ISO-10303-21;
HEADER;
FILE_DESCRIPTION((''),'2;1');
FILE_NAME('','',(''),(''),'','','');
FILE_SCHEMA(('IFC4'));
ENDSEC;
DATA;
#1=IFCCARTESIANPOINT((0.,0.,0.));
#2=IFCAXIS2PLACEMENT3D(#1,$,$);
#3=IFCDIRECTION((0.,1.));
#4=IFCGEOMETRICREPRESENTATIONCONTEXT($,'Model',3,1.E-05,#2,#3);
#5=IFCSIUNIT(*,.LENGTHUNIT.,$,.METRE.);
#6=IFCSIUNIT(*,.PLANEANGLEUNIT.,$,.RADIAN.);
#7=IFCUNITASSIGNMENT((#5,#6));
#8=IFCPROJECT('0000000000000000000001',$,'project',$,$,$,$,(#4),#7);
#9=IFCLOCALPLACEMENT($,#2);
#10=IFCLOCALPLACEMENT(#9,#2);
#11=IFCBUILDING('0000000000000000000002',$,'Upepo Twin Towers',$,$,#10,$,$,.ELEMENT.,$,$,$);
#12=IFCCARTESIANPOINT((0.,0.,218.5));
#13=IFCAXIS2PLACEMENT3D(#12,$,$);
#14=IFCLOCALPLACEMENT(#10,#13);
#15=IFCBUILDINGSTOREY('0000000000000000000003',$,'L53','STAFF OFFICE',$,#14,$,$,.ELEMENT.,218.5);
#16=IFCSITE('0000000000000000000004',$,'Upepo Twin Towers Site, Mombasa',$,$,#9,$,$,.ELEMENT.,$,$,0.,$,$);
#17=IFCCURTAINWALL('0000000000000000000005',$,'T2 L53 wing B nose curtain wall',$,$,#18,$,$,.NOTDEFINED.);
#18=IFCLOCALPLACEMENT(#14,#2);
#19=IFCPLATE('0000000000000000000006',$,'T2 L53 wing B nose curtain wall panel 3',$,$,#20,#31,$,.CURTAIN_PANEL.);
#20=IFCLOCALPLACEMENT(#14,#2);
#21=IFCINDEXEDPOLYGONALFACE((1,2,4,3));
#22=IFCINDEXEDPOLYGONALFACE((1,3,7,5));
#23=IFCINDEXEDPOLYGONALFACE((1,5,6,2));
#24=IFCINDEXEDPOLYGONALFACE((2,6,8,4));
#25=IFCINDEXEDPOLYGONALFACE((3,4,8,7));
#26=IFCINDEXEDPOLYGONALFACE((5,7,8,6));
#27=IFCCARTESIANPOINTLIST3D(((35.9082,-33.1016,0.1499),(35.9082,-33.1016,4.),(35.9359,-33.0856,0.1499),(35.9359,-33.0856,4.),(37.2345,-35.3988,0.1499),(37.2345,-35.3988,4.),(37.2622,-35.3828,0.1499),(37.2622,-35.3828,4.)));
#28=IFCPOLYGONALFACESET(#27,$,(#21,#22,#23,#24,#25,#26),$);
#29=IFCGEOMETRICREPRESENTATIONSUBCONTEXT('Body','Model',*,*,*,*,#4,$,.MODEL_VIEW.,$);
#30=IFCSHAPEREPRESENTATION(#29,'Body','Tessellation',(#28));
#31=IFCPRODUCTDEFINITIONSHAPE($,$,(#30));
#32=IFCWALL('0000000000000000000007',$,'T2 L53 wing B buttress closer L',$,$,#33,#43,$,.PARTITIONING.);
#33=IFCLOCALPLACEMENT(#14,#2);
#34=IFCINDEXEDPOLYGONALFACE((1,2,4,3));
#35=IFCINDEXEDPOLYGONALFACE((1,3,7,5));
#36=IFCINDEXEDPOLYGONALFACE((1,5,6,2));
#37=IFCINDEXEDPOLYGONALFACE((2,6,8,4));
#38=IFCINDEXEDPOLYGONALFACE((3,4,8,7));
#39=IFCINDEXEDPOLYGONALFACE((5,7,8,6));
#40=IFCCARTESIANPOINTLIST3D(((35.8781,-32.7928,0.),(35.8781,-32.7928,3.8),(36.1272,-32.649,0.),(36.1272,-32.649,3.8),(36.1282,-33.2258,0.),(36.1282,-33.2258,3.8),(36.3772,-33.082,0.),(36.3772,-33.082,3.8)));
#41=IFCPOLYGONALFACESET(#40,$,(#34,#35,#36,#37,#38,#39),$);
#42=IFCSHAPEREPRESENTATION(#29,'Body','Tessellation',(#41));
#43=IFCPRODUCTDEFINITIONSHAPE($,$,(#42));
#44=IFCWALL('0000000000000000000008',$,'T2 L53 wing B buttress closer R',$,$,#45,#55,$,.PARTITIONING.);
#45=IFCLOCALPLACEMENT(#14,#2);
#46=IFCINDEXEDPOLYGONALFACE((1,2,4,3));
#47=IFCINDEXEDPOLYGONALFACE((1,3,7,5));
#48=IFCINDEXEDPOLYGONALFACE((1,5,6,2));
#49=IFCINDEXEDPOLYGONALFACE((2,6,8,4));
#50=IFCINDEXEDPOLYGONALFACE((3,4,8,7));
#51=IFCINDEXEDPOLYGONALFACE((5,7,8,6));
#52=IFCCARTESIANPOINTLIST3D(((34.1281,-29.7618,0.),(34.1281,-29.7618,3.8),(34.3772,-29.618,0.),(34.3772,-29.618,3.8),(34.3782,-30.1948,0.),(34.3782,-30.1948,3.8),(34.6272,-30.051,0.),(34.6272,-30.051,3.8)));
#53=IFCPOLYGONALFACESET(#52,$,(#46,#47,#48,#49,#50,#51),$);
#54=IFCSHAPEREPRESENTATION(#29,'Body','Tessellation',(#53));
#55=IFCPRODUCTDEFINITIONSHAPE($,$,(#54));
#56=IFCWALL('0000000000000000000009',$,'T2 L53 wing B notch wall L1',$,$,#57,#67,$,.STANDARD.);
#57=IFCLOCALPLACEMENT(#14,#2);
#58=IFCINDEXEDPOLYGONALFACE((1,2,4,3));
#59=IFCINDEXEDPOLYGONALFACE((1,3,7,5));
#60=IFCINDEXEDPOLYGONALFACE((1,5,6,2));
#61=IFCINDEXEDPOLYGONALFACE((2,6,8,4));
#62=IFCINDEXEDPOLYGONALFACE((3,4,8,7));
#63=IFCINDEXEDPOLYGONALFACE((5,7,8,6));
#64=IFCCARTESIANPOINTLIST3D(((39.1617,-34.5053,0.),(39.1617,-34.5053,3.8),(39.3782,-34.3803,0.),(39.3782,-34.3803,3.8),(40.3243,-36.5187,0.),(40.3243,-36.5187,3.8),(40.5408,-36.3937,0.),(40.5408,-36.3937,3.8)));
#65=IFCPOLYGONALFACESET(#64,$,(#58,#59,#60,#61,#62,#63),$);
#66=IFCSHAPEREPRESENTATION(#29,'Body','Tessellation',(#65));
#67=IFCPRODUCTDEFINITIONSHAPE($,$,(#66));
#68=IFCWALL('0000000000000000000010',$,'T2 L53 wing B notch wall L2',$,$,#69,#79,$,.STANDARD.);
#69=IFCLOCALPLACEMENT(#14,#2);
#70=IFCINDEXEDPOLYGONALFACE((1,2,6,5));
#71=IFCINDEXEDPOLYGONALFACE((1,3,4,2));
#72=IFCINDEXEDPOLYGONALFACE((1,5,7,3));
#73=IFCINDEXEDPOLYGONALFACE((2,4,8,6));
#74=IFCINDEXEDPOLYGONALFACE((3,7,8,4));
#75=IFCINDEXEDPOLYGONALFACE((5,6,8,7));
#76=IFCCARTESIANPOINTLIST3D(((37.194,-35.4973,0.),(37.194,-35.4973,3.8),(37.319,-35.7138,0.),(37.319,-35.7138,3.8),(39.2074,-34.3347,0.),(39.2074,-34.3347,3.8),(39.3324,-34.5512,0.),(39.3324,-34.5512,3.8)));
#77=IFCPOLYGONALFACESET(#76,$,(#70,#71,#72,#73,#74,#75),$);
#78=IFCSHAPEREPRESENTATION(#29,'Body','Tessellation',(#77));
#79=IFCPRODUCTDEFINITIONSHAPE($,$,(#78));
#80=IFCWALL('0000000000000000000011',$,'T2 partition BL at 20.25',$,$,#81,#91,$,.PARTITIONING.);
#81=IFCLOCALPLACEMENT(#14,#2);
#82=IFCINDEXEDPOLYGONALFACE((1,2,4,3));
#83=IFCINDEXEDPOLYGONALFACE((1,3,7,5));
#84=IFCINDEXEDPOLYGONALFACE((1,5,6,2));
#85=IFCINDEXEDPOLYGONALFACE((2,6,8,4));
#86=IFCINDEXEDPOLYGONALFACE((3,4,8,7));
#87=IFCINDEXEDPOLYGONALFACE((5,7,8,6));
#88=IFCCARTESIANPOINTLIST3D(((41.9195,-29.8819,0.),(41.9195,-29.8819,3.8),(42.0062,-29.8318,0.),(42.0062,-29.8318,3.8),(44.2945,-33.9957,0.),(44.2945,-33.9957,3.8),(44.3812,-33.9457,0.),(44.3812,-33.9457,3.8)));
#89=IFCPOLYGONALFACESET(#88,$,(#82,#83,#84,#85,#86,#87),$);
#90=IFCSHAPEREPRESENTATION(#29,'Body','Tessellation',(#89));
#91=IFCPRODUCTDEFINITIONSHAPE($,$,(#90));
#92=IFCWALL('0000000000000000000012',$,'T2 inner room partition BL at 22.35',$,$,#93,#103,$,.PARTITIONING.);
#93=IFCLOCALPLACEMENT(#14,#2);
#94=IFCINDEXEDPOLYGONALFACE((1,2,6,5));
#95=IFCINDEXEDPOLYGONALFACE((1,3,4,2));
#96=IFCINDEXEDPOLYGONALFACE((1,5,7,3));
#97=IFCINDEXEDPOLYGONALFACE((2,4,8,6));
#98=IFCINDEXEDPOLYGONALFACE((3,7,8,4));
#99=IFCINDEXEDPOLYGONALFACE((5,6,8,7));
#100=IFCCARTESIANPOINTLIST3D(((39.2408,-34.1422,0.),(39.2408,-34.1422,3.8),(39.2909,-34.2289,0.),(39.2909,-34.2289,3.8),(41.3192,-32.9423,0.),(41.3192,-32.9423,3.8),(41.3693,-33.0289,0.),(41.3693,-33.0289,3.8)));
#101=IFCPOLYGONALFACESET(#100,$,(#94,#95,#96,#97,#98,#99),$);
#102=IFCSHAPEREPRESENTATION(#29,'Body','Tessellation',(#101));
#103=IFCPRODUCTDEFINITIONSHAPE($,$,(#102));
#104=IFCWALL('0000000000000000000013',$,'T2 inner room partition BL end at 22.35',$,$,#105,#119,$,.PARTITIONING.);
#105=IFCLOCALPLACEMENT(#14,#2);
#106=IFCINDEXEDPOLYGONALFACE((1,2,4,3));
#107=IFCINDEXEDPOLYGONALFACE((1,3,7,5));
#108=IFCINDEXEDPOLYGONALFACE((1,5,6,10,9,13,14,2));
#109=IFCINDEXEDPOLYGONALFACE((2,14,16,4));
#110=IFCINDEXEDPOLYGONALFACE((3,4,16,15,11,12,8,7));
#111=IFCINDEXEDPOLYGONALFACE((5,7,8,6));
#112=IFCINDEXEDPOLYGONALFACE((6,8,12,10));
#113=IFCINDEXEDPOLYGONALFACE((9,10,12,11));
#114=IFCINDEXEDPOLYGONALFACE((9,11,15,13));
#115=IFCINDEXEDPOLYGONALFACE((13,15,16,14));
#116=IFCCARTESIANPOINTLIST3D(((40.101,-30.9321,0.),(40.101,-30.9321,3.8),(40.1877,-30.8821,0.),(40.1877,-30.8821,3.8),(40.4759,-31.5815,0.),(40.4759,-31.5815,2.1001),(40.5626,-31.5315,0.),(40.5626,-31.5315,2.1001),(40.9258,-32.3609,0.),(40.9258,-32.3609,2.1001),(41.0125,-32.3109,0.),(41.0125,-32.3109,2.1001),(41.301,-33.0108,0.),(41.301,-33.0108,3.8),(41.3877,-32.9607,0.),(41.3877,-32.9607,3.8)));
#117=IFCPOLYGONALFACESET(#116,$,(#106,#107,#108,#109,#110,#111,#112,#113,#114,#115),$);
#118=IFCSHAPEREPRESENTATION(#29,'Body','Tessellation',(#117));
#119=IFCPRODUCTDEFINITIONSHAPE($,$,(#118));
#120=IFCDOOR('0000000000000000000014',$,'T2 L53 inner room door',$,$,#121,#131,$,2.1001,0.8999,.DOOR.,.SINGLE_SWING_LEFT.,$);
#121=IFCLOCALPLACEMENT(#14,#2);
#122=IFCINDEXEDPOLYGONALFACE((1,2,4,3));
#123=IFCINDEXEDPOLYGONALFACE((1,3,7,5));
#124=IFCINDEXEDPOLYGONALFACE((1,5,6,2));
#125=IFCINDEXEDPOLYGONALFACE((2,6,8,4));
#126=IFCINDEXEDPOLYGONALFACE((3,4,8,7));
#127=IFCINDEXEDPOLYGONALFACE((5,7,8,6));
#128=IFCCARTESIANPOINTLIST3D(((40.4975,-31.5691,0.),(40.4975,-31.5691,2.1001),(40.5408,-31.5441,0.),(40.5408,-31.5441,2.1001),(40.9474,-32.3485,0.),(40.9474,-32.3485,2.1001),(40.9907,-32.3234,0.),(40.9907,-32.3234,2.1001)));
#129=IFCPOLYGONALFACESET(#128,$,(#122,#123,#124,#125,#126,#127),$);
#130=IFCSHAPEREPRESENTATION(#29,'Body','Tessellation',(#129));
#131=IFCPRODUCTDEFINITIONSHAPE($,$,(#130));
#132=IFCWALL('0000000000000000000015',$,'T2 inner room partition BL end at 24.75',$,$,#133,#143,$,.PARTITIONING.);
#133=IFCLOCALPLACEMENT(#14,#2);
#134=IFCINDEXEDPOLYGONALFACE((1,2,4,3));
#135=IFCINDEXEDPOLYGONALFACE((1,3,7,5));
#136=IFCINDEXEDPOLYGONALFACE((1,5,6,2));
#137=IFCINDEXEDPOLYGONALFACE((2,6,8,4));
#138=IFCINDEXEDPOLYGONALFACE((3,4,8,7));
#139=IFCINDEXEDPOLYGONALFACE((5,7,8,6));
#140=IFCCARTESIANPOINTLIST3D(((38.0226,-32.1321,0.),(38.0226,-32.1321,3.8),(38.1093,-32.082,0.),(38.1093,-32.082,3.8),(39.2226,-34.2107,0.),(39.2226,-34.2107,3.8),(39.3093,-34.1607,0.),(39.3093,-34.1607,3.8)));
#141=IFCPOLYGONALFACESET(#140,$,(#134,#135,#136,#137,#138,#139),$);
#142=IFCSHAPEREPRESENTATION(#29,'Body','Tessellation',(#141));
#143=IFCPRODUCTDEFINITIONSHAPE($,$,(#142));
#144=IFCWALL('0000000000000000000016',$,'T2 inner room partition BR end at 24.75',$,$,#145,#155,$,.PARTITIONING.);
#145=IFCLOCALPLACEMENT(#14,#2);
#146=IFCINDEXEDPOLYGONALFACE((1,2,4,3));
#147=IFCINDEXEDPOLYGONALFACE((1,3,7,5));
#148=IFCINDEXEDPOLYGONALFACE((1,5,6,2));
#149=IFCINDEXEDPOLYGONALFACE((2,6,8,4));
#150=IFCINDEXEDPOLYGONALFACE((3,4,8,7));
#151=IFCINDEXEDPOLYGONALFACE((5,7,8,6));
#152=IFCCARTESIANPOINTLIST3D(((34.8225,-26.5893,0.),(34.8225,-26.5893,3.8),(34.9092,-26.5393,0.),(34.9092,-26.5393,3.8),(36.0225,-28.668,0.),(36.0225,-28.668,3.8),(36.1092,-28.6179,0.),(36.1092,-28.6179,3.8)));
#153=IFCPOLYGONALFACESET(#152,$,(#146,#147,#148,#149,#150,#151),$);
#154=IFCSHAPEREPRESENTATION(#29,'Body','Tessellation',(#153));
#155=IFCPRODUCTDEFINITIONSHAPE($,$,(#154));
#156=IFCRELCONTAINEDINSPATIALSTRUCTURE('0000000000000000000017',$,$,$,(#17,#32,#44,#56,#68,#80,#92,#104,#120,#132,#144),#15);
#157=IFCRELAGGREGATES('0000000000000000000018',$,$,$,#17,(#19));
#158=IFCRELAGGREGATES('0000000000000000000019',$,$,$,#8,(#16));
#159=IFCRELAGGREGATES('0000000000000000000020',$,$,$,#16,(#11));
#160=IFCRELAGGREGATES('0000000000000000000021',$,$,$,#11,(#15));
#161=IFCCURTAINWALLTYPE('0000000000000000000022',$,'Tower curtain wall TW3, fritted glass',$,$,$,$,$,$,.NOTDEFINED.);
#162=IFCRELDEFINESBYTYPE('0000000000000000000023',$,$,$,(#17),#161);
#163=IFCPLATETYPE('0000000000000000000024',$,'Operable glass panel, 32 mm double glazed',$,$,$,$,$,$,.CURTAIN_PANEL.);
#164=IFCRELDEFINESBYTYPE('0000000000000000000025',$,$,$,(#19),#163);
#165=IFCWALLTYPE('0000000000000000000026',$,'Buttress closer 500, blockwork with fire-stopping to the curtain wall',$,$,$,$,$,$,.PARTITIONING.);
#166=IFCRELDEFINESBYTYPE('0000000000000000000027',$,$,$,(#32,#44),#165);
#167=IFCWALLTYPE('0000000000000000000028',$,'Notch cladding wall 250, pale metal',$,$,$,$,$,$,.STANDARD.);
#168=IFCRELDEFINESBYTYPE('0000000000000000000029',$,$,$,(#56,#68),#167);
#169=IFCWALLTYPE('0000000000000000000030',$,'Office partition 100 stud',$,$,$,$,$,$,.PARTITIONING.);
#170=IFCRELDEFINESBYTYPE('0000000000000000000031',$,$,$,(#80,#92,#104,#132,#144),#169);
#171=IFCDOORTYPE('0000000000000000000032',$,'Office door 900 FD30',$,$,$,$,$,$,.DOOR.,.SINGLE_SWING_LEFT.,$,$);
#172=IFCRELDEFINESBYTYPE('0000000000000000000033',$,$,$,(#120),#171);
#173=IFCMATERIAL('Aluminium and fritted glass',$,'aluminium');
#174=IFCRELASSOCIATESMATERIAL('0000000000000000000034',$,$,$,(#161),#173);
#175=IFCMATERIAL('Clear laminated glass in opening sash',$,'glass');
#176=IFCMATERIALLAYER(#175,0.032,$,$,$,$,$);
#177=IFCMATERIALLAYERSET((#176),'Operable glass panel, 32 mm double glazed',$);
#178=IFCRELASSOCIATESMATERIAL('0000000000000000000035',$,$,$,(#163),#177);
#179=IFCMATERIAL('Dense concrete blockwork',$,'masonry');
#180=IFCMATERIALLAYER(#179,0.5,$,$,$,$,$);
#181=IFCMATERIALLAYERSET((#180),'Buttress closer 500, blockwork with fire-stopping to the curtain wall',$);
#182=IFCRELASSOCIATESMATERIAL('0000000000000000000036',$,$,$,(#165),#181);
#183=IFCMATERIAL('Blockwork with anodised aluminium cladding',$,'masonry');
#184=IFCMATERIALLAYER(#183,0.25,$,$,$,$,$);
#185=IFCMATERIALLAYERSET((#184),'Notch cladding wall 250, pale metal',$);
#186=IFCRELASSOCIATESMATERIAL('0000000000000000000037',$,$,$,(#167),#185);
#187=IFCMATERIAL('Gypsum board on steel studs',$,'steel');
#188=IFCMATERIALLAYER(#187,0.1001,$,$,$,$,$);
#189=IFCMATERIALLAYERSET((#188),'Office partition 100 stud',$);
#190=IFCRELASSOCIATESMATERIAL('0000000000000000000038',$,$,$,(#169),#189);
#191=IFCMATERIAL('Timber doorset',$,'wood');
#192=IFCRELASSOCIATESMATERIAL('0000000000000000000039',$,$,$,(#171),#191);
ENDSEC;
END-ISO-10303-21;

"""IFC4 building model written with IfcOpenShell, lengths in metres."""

from ifc_helpers import new_model, si_unit, direction, frame, frame_2d, origin, origin_2d, place, context, subcontext, project, spatial, rectangle, extrude, material, layer, layer_set, type_object, element, fill, aggregate, save


model = new_model("IFC4")

# Units and contexts
model_context = context("Model", 3, precision=1e-05, world=origin(), true_north=direction((0.0, 1.0)))
body_context = subcontext(model_context, "Body", "Model", "MODEL_VIEW")
ifc_project = project(units=[si_unit("LENGTHUNIT", "METRE"), si_unit("PLANEANGLEUNIT", "RADIAN")], contexts=[model_context])

# Site, building, storey
site_placement = place(None, origin())
site = spatial("IfcSite", under=ifc_project, at=site_placement, Name="Upepo Twin Towers Site, Mombasa", CompositionType="ELEMENT", RefElevation=0.0)
building_placement = place(site_placement, origin())
building = spatial("IfcBuilding", under=site, at=building_placement, Name="Upepo Twin Towers", CompositionType="ELEMENT")
storey_placement = place(building_placement, frame((0.0, 0.0, 218.5)))
storey = spatial("IfcBuildingStorey", under=building, at=storey_placement, Name="L53", Description="STAFF OFFICE", CompositionType="ELEMENT", Elevation=218.5)

# Shared definitions
ifc_material_1 = material(Name="Aluminium and fritted glass", Category="aluminium")
curtain_wall_type = type_object("IfcCurtainWallType", Name="Tower curtain wall TW3, fritted glass", PredefinedType="NOTDEFINED", material=ifc_material_1)

# Curtain wall
curtain_wall_1_placement = place(storey_placement, origin())
curtain_wall_1 = element("IfcCurtainWall", 1, at=curtain_wall_1_placement, inside=storey, type_object=curtain_wall_type, Name="T2 L53 wing B nose curtain wall", PredefinedType="NOTDEFINED")

# Plate
ifc_material_2 = material(Name="Clear laminated glass in opening sash", Category="glass")
ifc_layer_1 = layer(ifc_material_2, 0.032)
ifc_layer_set_1 = layer_set([ifc_layer_1], Name="Operable glass panel, 32 mm double glazed")
plate_type_1 = type_object("IfcPlateType", Name="Operable glass panel, 32 mm double glazed", PredefinedType="CURTAIN_PANEL", material=ifc_layer_set_1)
plate_1_placement = place(storey_placement, frame((36.5852, -34.2422, 0.1499), z_axis=(0.0, 0.0, 1.0), x_axis=(0.5, -0.866025, 0.0)))
plate_1 = element("IfcPlate", 2, at=plate_1_placement, type_object=plate_type_1, Name="T2 L53 wing B nose curtain wall panel 3", PredefinedType="CURTAIN_PANEL", context=body_context, shape_type="SweptSolid", body=[
    extrude(rectangle(XDim=2.6526, YDim=0.032, at=origin_2d()), origin(), (0.0, 0.0, 1.0), 3.8501),
])
aggregate(curtain_wall_1, [plate_1])

# Walls
ifc_material_3 = material(Name="Dense concrete blockwork", Category="masonry")
ifc_layer_2 = layer(ifc_material_3, 0.5)
ifc_layer_set_2 = layer_set([ifc_layer_2], Name="Buttress closer 500, blockwork with fire-stopping to the curtain wall")
wall_type_1 = type_object("IfcWallType", Name="Buttress closer 500, blockwork with fire-stopping to the curtain wall", PredefinedType="PARTITIONING", material=ifc_layer_set_2)
for number, where, z_axis, x_axis, name in (
    (3, (36.2522, -32.8655, 0.0), (0.0, 0.0, 1.0), (-0.865988, -0.500065, 0.0), "T2 L53 wing B buttress closer L"),
    (4, (34.5022, -29.8345, 0.0), (0.0, 0.0, 1.0), (-0.865988, -0.500065, 0.0), "T2 L53 wing B buttress closer R"),
):
    element("IfcWall", number, at=place(storey_placement, frame(where, z_axis=z_axis, x_axis=x_axis)), inside=storey, type_object=wall_type_1, Name=name, PredefinedType="PARTITIONING", context=body_context, shape_type="SweptSolid", body=[
        extrude(rectangle(XDim=0.2876, YDim=0.5, at=frame_2d((0.1438, 0.0))), origin(), (0.0, 0.0, 1.0), 3.8),
    ])
ifc_material_4 = material(Name="Blockwork with anodised aluminium cladding", Category="masonry")
ifc_layer_3 = layer(ifc_material_4, 0.25)
ifc_layer_set_3 = layer_set([ifc_layer_3], Name="Notch cladding wall 250, pale metal")
wall_type_2 = type_object("IfcWallType", Name="Notch cladding wall 250, pale metal", PredefinedType="STANDARD", material=ifc_layer_set_3)
for number, where, z_axis, x_axis, name in (
    (5, (40.4326, -36.4563, 0.0), (0.0, 0.0, 1.0), (-0.500047, 0.865998, 0.0), "T2 L53 wing B notch wall L1"),
    (6, (39.27, -34.4429, 0.0), (0.0, 0.0, 1.0), (-0.865998, -0.500047, 0.0), "T2 L53 wing B notch wall L2"),
):
    element("IfcWall", number, at=place(storey_placement, frame(where, z_axis=z_axis, x_axis=x_axis)), inside=storey, type_object=wall_type_2, Name=name, PredefinedType="STANDARD", context=body_context, shape_type="SweptSolid", body=[
        extrude(rectangle(XDim=2.325, YDim=0.25, at=frame_2d((1.1626, 0.0))), origin(), (0.0, 0.0, 1.0), 3.8),
    ])
ifc_material_5 = material(Name="Gypsum board on steel studs", Category="steel")
ifc_layer_4 = layer(ifc_material_5, 0.1001)
ifc_layer_set_4 = layer_set([ifc_layer_4], Name="Office partition 100 stud")
wall_type_3 = type_object("IfcWallType", Name="Office partition 100 stud", PredefinedType="PARTITIONING", material=ifc_layer_set_4)
wall_1_placement = place(storey_placement, frame((41.9629, -29.8569, 0.0), z_axis=(0.0, 0.0, 1.0), x_axis=(0.499986, -0.866033, 0.0)))
element("IfcWall", 7, at=wall_1_placement, inside=storey, type_object=wall_type_3, Name="T2 partition BL at 20.25", PredefinedType="PARTITIONING", context=body_context, shape_type="SweptSolid", body=[
    extrude(rectangle(XDim=4.7502, YDim=0.1001, at=frame_2d((2.375, 0.0))), origin(), (0.0, 0.0, 1.0), 3.8),
])
wall_2_placement = place(storey_placement, frame((41.3442, -32.9856, 0.0), z_axis=(0.0, 0.0, 1.0), x_axis=(-0.866025, -0.500001, 0.0)))
element("IfcWall", 8, at=wall_2_placement, inside=storey, type_object=wall_type_3, Name="T2 inner room partition BL at 22.35", PredefinedType="PARTITIONING", context=body_context, shape_type="SweptSolid", body=[
    extrude(rectangle(XDim=2.3999, YDim=0.1001, at=frame_2d((1.2, 0.0))), origin(), (0.0, 0.0, 1.0), 3.8),
])

# Wall, opening, door
wall_3_placement = place(storey_placement, frame((40.1443, -30.907, 0.0), z_axis=(0.0, 0.0, 1.0), x_axis=(0.499957, -0.86605, 0.0)))
wall_3 = element("IfcWall", 9, at=wall_3_placement, inside=storey, type_object=wall_type_3, Name="T2 inner room partition BL end at 22.35", PredefinedType="PARTITIONING", context=body_context, shape_type="SweptSolid", body=[
    extrude(rectangle(XDim=2.4001, YDim=0.1001, at=frame_2d((1.2002, 0.0))), origin(), (0.0, 0.0, 1.0), 3.8),
])
opening_placement = place(wall_3_placement, frame((0.75, 0.0, 0.0)))
opening = element("IfcOpeningElement", 10, at=opening_placement, cuts=wall_3, PredefinedType="OPENING", context=body_context, shape_type="SweptSolid", body=[
    extrude(rectangle(XDim=0.8999, YDim=2.1001, at=frame_2d((0.45, 1.05))), frame((0.0, 0.0601, 0.0), z_axis=(0.0, -1.0, 0.0), x_axis=(1.0, 0.0, 0.0)), (0.0, 0.0, 1.0), 0.1201),
])
ifc_material_6 = material(Name="Timber doorset", Category="wood")
door_type = type_object("IfcDoorType", Name="Office door 900 FD30", OperationType="SINGLE_SWING_LEFT", PredefinedType="DOOR", material=ifc_material_6)
door_placement = place(opening_placement, origin())
door = element("IfcDoor", 11, at=door_placement, inside=storey, type_object=door_type, Name="T2 L53 inner room door", OperationType="SINGLE_SWING_LEFT", OverallHeight=2.1001, OverallWidth=0.8999, PredefinedType="DOOR", context=body_context, shape_type="SweptSolid", body=[
    extrude(rectangle(XDim=0.8999, YDim=2.1001, at=frame_2d((0.45, 1.05))), frame((0.0, 0.0249, 0.0), z_axis=(0.0, -1.0, 0.0), x_axis=(1.0, 0.0, 0.0)), (0.0, 0.0, 1.0), 0.05),
])
fill(opening, door)

# Walls
for number, where, z_axis, x_axis, name in (
    (12, (38.0659, -32.1069, 0.0), (0.0, 0.0, 1.0), (0.499957, -0.86605, 0.0), "T2 inner room partition BL end at 24.75"),
    (13, (36.0659, -28.6431, 0.0), (0.0, 0.0, 1.0), (-0.499957, 0.86605, 0.0), "T2 inner room partition BR end at 24.75"),
):
    element("IfcWall", number, at=place(storey_placement, frame(where, z_axis=z_axis, x_axis=x_axis)), inside=storey, type_object=wall_type_3, Name=name, PredefinedType="PARTITIONING", context=body_context, shape_type="SweptSolid", body=[
        extrude(rectangle(XDim=2.4001, YDim=0.1001, at=frame_2d((1.2002, 0.0))), origin(), (0.0, 0.0, 1.0), 3.8),
    ])

save(model, "model.ifc")
